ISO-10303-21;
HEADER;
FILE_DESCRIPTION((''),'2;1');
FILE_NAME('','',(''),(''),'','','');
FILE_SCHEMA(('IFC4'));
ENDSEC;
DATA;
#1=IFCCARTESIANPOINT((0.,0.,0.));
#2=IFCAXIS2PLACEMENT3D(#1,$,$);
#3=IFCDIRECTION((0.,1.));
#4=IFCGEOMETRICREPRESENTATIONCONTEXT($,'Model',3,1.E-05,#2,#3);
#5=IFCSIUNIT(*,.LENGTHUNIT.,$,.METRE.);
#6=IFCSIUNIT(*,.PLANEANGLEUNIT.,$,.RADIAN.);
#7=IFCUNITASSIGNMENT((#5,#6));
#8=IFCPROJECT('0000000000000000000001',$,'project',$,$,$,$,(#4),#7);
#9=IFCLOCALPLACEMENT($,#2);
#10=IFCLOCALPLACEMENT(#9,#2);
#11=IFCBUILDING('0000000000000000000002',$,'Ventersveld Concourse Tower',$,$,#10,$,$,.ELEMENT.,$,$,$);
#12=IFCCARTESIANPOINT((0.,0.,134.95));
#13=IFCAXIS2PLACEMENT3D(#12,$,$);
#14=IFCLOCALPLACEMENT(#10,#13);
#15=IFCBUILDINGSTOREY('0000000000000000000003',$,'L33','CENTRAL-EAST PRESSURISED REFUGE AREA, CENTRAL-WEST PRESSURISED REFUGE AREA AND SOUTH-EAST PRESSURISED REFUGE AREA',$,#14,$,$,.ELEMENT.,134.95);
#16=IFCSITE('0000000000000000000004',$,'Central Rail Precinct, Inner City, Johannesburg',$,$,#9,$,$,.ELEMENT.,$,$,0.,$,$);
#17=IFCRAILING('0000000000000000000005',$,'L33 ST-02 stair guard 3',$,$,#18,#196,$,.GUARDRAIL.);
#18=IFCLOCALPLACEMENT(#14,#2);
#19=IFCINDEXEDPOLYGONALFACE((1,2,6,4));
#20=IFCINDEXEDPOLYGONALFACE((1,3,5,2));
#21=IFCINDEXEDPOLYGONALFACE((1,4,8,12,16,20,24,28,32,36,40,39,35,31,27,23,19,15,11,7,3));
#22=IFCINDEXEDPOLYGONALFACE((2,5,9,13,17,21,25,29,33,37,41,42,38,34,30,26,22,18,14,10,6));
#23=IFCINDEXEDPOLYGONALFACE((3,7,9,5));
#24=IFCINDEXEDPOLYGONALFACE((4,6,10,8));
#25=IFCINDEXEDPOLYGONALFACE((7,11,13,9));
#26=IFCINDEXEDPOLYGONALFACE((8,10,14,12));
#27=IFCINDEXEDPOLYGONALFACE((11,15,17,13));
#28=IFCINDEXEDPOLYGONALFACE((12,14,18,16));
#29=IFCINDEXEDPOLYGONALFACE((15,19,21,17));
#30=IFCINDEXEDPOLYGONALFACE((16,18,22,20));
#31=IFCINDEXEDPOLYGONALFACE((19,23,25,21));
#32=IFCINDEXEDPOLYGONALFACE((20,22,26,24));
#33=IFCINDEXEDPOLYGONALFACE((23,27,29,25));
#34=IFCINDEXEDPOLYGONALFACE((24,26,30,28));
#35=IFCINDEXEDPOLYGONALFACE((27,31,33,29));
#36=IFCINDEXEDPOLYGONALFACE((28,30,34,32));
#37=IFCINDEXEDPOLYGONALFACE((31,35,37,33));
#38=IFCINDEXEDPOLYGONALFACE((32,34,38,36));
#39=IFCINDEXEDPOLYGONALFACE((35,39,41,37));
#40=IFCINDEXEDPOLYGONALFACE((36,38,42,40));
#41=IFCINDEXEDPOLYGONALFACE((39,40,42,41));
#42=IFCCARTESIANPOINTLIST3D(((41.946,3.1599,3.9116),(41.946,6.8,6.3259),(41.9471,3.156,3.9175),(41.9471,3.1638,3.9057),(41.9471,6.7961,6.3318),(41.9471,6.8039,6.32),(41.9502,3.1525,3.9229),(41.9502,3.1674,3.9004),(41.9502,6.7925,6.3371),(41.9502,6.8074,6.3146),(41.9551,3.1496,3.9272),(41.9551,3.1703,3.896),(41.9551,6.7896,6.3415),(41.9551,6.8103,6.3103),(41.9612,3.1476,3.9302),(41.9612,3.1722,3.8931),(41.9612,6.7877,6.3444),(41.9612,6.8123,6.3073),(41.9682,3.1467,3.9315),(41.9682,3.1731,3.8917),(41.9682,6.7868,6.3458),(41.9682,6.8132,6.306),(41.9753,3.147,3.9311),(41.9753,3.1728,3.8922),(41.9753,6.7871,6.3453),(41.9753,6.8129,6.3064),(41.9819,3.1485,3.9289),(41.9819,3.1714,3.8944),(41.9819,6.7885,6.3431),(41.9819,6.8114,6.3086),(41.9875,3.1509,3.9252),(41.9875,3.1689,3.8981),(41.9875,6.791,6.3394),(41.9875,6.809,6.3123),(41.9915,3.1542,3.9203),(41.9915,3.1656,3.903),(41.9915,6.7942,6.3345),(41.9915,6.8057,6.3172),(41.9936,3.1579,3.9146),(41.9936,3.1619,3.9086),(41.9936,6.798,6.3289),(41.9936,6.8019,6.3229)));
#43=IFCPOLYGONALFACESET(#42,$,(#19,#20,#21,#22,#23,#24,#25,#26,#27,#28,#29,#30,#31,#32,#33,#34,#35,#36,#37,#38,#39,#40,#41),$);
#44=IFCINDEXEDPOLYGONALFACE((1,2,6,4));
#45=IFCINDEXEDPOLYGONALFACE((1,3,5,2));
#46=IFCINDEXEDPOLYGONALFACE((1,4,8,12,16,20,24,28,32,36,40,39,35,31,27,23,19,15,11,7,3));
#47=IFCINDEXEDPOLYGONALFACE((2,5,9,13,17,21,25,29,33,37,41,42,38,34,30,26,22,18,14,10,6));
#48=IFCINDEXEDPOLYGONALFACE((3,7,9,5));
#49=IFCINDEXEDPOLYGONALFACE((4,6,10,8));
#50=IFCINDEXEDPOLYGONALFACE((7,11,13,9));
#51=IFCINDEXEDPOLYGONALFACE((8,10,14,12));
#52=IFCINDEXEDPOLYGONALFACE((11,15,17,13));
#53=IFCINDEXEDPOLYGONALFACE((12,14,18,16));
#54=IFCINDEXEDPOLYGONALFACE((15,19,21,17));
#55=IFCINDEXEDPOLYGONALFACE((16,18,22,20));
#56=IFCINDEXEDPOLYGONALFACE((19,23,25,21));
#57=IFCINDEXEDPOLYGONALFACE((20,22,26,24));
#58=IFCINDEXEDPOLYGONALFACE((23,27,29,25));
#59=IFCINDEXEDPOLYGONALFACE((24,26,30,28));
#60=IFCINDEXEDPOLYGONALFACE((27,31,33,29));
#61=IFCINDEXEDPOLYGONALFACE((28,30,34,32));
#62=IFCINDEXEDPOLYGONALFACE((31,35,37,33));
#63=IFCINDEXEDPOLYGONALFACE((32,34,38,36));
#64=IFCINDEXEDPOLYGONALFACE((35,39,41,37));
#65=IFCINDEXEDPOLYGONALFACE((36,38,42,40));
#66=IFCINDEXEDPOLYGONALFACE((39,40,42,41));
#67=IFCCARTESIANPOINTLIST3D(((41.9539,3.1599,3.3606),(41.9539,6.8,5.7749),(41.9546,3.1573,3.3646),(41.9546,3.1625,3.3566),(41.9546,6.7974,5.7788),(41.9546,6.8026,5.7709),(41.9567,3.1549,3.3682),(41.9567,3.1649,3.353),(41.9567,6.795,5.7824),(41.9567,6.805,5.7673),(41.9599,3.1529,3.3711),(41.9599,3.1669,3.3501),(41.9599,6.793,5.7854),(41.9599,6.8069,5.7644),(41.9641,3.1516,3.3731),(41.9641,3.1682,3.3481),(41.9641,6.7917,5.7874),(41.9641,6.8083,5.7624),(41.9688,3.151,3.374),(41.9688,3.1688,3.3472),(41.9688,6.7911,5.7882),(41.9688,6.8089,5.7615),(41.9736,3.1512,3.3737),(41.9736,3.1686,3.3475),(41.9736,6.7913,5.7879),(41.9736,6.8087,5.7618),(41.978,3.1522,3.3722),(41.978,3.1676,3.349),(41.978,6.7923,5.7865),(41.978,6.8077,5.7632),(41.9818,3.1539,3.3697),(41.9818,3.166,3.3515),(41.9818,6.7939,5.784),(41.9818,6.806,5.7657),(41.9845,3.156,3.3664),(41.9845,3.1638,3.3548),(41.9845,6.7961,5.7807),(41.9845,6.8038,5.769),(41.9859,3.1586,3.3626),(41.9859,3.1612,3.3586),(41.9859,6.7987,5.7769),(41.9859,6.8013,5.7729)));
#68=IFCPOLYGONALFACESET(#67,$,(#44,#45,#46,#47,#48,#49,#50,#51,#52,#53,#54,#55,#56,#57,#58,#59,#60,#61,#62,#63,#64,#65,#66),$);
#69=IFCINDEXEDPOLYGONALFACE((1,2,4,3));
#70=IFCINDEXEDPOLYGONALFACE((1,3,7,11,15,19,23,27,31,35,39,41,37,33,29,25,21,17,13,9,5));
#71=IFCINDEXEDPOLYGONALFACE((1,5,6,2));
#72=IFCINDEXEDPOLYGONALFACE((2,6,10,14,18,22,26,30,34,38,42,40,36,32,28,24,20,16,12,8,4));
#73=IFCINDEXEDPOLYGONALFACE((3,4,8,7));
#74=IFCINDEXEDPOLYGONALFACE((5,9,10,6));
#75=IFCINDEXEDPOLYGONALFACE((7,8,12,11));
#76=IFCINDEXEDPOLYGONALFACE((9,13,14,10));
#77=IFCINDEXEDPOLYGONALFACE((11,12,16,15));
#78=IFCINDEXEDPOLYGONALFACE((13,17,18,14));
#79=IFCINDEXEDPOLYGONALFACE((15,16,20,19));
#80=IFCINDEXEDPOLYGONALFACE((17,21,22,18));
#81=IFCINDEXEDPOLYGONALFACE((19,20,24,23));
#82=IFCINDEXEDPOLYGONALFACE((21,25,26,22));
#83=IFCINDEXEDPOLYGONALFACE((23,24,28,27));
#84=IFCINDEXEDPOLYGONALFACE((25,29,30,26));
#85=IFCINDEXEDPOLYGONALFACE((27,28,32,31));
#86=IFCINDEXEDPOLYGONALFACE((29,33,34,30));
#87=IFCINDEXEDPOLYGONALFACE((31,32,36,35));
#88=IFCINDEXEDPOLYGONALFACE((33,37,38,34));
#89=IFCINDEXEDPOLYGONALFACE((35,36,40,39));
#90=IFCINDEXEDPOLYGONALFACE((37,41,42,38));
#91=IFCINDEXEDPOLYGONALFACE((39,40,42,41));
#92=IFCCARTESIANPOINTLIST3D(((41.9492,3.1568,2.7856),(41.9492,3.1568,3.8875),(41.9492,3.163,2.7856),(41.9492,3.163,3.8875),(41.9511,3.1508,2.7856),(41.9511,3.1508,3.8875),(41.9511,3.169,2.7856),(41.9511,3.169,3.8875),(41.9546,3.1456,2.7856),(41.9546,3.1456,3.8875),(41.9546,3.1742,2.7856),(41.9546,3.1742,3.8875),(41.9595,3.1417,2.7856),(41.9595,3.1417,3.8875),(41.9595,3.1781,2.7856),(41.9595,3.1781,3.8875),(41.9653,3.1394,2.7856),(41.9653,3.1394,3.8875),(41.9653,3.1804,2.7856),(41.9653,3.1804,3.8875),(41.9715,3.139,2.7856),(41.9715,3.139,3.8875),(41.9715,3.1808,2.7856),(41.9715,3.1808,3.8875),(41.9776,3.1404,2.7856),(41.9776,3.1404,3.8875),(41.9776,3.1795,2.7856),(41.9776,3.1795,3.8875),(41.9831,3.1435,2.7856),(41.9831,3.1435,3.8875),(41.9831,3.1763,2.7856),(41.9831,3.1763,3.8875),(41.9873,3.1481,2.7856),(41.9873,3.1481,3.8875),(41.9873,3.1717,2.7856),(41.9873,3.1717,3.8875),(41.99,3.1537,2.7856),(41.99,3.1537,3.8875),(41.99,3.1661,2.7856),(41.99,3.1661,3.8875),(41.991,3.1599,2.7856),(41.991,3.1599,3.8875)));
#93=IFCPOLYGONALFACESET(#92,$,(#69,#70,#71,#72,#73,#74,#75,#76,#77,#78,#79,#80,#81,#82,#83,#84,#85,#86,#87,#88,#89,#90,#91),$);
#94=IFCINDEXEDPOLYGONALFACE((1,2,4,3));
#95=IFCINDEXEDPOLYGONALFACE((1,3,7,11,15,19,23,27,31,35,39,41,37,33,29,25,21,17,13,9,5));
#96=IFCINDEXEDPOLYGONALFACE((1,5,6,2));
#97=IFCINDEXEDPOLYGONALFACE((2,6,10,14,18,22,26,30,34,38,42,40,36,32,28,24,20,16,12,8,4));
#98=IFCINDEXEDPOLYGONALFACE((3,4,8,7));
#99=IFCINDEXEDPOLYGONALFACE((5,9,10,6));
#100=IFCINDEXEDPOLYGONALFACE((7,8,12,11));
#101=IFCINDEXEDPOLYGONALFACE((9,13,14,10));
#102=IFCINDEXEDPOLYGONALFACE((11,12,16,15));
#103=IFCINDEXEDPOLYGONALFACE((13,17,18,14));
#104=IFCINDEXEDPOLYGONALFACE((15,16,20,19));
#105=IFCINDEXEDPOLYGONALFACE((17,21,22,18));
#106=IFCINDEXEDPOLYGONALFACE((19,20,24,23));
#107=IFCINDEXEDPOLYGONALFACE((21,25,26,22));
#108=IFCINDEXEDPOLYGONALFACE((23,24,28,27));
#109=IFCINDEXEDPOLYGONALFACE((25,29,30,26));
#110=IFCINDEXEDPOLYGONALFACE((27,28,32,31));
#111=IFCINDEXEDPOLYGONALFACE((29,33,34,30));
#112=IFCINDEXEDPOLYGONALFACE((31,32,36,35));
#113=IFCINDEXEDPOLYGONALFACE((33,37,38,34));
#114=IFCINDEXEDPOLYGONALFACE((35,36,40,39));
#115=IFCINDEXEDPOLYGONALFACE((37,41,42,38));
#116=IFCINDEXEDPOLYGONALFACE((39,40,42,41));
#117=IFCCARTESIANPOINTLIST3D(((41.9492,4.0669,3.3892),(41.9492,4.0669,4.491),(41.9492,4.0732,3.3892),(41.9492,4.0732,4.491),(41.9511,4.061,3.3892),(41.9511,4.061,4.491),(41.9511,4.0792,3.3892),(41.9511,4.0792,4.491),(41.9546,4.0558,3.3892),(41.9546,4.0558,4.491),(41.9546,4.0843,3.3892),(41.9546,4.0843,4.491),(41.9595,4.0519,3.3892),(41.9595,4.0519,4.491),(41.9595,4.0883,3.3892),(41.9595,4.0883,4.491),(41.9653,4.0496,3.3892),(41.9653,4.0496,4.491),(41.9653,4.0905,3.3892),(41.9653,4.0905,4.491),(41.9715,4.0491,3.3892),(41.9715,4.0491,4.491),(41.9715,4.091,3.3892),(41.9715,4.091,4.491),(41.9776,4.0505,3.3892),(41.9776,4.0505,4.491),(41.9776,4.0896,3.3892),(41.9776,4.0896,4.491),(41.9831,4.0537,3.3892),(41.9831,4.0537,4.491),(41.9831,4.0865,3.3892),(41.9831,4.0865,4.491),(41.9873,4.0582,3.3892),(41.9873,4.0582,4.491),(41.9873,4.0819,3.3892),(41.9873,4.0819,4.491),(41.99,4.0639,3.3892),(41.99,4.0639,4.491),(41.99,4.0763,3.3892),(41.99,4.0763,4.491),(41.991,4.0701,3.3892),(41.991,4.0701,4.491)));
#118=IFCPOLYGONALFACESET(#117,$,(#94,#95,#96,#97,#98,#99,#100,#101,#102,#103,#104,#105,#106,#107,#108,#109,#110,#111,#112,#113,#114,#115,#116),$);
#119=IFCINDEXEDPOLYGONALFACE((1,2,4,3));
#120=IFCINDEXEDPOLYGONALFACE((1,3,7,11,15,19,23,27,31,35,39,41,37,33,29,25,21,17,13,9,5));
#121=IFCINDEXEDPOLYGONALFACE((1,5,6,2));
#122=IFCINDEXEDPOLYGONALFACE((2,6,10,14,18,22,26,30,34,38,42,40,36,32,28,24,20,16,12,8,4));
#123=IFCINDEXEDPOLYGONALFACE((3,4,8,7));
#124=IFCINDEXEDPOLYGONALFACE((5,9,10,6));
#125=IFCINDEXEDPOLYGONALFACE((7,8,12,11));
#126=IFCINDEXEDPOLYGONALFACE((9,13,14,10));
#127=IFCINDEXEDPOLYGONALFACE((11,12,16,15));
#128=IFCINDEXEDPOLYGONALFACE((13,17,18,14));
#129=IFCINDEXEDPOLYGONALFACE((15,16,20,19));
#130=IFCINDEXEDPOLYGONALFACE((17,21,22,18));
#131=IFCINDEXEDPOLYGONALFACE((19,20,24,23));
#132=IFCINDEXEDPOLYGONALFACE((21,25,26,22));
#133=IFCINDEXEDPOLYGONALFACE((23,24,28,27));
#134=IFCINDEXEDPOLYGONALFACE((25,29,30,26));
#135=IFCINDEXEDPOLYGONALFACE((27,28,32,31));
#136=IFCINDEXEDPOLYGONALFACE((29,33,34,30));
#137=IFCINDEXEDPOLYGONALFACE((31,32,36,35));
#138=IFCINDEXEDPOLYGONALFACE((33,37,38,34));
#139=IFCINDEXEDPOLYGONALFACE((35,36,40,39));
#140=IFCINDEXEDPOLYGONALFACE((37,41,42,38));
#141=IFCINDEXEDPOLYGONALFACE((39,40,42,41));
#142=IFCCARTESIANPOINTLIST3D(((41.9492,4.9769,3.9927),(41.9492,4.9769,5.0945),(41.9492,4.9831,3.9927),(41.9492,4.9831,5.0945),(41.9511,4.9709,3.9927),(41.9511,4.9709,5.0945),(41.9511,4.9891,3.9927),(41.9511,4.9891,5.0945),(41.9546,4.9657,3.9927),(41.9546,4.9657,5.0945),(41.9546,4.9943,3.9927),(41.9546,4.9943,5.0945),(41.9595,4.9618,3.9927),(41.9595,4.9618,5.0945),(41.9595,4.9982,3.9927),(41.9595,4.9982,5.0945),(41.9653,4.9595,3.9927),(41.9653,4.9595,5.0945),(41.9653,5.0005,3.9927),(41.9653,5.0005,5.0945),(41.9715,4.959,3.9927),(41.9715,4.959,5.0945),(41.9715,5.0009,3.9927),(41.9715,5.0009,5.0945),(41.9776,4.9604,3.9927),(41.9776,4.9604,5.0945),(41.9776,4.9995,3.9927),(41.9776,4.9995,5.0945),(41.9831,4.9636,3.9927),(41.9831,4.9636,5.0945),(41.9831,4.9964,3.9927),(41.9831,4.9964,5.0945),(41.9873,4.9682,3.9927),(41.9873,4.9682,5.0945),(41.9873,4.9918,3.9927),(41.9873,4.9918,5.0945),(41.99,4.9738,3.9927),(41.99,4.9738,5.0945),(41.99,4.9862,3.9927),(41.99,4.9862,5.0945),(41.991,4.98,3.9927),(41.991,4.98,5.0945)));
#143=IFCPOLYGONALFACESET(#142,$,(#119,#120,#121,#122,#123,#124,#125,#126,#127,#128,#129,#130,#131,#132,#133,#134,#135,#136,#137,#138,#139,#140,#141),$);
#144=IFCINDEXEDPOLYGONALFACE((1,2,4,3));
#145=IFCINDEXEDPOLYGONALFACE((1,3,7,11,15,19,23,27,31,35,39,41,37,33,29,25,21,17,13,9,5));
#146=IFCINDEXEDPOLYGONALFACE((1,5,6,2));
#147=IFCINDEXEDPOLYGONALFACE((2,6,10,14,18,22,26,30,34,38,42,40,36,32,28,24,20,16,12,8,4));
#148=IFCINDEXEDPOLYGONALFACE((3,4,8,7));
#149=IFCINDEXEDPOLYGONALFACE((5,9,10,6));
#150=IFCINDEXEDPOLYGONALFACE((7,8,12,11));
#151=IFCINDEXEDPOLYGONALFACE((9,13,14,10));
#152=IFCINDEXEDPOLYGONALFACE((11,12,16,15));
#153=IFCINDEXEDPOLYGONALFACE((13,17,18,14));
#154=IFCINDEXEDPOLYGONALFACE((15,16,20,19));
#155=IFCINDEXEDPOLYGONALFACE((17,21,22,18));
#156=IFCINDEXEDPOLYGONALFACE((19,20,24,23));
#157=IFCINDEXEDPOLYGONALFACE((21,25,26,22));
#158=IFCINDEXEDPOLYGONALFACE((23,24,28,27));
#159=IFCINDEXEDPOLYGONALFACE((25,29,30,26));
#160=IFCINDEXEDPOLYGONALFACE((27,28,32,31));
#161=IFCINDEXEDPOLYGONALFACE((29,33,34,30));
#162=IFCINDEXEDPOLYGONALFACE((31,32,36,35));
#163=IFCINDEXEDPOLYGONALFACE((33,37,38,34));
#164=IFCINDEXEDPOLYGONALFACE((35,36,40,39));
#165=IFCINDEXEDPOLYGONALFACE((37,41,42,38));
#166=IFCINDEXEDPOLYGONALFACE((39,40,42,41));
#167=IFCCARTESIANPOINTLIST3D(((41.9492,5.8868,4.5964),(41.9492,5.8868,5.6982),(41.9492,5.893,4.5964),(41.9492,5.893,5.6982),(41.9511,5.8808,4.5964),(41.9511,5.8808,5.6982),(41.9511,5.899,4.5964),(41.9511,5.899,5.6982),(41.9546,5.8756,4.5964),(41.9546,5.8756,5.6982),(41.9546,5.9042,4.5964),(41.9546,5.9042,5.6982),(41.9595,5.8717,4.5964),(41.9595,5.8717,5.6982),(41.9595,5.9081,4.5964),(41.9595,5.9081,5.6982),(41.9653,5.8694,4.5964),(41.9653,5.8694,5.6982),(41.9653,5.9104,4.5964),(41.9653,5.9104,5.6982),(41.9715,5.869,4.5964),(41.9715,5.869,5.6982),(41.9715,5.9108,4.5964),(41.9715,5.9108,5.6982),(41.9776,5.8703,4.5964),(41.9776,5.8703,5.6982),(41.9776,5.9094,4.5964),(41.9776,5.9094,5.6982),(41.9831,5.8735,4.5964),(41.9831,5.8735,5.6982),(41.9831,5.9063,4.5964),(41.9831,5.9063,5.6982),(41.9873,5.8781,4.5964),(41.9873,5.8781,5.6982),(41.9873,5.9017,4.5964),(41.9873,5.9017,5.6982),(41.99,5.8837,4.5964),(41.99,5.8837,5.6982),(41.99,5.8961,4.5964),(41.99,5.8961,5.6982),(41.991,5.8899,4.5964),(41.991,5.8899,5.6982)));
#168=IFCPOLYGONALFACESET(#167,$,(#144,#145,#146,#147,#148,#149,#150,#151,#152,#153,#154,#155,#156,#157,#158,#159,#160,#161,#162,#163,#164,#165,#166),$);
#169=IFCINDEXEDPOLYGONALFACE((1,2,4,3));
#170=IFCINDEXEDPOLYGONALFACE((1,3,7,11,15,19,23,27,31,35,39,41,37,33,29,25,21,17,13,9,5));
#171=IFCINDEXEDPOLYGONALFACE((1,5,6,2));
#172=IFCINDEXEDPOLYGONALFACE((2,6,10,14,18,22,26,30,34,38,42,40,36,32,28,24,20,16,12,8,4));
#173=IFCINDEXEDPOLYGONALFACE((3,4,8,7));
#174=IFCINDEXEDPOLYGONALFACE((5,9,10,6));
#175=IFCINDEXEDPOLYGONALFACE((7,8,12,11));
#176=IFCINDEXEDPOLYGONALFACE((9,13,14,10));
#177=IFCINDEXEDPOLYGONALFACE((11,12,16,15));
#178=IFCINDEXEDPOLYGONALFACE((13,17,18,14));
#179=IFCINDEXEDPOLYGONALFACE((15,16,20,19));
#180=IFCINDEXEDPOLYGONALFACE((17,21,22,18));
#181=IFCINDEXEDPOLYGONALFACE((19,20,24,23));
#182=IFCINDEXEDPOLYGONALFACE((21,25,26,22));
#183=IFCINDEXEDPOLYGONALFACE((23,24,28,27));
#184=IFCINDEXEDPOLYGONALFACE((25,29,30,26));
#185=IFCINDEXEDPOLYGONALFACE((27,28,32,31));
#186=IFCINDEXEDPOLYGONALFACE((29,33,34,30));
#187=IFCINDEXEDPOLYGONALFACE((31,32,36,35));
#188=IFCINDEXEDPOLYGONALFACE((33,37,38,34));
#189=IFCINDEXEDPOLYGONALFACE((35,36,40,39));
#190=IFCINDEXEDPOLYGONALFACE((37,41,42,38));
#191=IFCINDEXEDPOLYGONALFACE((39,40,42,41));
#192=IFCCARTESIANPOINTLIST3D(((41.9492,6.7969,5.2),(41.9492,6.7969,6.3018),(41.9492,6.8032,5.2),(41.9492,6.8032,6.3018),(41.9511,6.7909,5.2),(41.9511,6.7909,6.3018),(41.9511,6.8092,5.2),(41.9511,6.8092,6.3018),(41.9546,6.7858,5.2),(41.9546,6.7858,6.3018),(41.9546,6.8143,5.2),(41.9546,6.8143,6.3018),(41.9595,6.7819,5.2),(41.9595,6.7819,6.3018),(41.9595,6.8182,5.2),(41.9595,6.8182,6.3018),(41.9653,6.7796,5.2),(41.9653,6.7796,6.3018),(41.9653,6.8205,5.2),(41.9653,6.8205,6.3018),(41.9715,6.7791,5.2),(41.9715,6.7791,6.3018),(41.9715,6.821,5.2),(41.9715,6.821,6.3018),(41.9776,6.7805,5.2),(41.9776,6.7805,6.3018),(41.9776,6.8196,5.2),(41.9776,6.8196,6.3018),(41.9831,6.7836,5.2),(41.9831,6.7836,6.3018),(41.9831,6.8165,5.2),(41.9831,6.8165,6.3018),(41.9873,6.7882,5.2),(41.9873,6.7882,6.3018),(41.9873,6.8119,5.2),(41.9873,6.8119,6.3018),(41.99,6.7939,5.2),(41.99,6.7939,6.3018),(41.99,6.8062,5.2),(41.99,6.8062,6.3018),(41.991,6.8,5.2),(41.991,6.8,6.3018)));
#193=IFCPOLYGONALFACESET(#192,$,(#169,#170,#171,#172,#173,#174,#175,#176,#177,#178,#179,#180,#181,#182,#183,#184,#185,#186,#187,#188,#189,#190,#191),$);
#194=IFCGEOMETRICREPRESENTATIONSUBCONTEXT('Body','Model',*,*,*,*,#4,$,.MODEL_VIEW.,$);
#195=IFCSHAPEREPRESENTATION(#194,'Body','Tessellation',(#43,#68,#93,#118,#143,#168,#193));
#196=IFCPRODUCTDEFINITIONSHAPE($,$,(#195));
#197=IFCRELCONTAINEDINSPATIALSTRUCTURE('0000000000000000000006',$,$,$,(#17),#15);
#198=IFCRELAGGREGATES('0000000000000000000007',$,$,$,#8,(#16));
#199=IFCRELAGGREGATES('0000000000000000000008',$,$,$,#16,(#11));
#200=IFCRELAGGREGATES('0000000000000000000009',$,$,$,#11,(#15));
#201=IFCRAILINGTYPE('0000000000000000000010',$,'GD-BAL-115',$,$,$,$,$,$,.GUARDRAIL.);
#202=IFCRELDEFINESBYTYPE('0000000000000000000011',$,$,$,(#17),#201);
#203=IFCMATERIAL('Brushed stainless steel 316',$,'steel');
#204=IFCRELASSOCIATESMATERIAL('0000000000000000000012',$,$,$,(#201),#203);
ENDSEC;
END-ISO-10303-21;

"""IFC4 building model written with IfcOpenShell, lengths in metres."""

from ifc_helpers import new_model, si_unit, direction, frame, origin, origin_2d, place, context, subcontext, project, spatial, circle, extrude, material, type_object, element, save


model = new_model("IFC4")

# Units and contexts
model_context = context("Model", 3, precision=1e-05, world=origin(), true_north=direction((0.0, 1.0)))
body_context = subcontext(model_context, "Body", "Model", "MODEL_VIEW")
ifc_project = project(units=[si_unit("LENGTHUNIT", "METRE"), si_unit("PLANEANGLEUNIT", "RADIAN")], contexts=[model_context])

# Site, building, storey
site_placement = place(None, origin())
site = spatial("IfcSite", under=ifc_project, at=site_placement, Name="Central Rail Precinct, Inner City, Johannesburg", CompositionType="ELEMENT", RefElevation=0.0)
building_placement = place(site_placement, origin())
building = spatial("IfcBuilding", under=site, at=building_placement, Name="Ventersveld Concourse Tower", CompositionType="ELEMENT")
storey_placement = place(building_placement, frame((0.0, 0.0, 134.95)))
storey = spatial("IfcBuildingStorey", under=building, at=storey_placement, Name="L33", Description="CENTRAL-EAST PRESSURISED REFUGE AREA, CENTRAL-WEST PRESSURISED REFUGE AREA AND SOUTH-EAST PRESSURISED REFUGE AREA", CompositionType="ELEMENT", Elevation=134.95)

# Railing
ifc_material_1 = material(Name="Brushed stainless steel 316", Category="steel")
railing_type_1 = type_object("IfcRailingType", Name="GD-BAL-115", PredefinedType="GUARDRAIL", material=ifc_material_1)
railing_1_placement = place(storey_placement, frame((41.97, 3.1599, 2.7856)))
element("IfcRailing", 1, at=railing_1_placement, inside=storey, type_object=railing_type_1, Name="L33 ST-02 stair guard 3", PredefinedType="GUARDRAIL", context=body_context, shape_type="SweptSolid", body=[
    extrude(circle(Radius=0.0239, at=origin_2d()), frame((0.0, 0.0, 1.126), z_axis=(0.0, 0.833364, 0.552725), x_axis=(-1.0, 0.0, 0.0)), (0.0, 0.0, 1.0), 4.3679),
    extrude(circle(Radius=0.0161, at=origin_2d()), frame((0.0, 0.0, 0.575), z_axis=(0.0, 0.833364, 0.552725), x_axis=(-1.0, 0.0, 0.0)), (0.0, 0.0, 1.0), 4.3679),
    extrude(circle(Radius=0.021, at=origin_2d()), origin(), (0.0, 0.0, 1.0), 1.1018),
    extrude(circle(Radius=0.021, at=origin_2d()), frame((0.0, 0.9102, 0.6035)), (0.0, 0.0, 1.0), 1.1018),
    extrude(circle(Radius=0.021, at=origin_2d()), frame((0.0, 1.8201, 1.207)), (0.0, 0.0, 1.0), 1.1018),
    extrude(circle(Radius=0.021, at=origin_2d()), frame((0.0, 2.73, 1.8108)), (0.0, 0.0, 1.0), 1.1018),
    extrude(circle(Radius=0.021, at=origin_2d()), frame((0.0, 3.6401, 2.4143)), (0.0, 0.0, 1.0), 1.1018),
])

save(model, "model.ifc")
